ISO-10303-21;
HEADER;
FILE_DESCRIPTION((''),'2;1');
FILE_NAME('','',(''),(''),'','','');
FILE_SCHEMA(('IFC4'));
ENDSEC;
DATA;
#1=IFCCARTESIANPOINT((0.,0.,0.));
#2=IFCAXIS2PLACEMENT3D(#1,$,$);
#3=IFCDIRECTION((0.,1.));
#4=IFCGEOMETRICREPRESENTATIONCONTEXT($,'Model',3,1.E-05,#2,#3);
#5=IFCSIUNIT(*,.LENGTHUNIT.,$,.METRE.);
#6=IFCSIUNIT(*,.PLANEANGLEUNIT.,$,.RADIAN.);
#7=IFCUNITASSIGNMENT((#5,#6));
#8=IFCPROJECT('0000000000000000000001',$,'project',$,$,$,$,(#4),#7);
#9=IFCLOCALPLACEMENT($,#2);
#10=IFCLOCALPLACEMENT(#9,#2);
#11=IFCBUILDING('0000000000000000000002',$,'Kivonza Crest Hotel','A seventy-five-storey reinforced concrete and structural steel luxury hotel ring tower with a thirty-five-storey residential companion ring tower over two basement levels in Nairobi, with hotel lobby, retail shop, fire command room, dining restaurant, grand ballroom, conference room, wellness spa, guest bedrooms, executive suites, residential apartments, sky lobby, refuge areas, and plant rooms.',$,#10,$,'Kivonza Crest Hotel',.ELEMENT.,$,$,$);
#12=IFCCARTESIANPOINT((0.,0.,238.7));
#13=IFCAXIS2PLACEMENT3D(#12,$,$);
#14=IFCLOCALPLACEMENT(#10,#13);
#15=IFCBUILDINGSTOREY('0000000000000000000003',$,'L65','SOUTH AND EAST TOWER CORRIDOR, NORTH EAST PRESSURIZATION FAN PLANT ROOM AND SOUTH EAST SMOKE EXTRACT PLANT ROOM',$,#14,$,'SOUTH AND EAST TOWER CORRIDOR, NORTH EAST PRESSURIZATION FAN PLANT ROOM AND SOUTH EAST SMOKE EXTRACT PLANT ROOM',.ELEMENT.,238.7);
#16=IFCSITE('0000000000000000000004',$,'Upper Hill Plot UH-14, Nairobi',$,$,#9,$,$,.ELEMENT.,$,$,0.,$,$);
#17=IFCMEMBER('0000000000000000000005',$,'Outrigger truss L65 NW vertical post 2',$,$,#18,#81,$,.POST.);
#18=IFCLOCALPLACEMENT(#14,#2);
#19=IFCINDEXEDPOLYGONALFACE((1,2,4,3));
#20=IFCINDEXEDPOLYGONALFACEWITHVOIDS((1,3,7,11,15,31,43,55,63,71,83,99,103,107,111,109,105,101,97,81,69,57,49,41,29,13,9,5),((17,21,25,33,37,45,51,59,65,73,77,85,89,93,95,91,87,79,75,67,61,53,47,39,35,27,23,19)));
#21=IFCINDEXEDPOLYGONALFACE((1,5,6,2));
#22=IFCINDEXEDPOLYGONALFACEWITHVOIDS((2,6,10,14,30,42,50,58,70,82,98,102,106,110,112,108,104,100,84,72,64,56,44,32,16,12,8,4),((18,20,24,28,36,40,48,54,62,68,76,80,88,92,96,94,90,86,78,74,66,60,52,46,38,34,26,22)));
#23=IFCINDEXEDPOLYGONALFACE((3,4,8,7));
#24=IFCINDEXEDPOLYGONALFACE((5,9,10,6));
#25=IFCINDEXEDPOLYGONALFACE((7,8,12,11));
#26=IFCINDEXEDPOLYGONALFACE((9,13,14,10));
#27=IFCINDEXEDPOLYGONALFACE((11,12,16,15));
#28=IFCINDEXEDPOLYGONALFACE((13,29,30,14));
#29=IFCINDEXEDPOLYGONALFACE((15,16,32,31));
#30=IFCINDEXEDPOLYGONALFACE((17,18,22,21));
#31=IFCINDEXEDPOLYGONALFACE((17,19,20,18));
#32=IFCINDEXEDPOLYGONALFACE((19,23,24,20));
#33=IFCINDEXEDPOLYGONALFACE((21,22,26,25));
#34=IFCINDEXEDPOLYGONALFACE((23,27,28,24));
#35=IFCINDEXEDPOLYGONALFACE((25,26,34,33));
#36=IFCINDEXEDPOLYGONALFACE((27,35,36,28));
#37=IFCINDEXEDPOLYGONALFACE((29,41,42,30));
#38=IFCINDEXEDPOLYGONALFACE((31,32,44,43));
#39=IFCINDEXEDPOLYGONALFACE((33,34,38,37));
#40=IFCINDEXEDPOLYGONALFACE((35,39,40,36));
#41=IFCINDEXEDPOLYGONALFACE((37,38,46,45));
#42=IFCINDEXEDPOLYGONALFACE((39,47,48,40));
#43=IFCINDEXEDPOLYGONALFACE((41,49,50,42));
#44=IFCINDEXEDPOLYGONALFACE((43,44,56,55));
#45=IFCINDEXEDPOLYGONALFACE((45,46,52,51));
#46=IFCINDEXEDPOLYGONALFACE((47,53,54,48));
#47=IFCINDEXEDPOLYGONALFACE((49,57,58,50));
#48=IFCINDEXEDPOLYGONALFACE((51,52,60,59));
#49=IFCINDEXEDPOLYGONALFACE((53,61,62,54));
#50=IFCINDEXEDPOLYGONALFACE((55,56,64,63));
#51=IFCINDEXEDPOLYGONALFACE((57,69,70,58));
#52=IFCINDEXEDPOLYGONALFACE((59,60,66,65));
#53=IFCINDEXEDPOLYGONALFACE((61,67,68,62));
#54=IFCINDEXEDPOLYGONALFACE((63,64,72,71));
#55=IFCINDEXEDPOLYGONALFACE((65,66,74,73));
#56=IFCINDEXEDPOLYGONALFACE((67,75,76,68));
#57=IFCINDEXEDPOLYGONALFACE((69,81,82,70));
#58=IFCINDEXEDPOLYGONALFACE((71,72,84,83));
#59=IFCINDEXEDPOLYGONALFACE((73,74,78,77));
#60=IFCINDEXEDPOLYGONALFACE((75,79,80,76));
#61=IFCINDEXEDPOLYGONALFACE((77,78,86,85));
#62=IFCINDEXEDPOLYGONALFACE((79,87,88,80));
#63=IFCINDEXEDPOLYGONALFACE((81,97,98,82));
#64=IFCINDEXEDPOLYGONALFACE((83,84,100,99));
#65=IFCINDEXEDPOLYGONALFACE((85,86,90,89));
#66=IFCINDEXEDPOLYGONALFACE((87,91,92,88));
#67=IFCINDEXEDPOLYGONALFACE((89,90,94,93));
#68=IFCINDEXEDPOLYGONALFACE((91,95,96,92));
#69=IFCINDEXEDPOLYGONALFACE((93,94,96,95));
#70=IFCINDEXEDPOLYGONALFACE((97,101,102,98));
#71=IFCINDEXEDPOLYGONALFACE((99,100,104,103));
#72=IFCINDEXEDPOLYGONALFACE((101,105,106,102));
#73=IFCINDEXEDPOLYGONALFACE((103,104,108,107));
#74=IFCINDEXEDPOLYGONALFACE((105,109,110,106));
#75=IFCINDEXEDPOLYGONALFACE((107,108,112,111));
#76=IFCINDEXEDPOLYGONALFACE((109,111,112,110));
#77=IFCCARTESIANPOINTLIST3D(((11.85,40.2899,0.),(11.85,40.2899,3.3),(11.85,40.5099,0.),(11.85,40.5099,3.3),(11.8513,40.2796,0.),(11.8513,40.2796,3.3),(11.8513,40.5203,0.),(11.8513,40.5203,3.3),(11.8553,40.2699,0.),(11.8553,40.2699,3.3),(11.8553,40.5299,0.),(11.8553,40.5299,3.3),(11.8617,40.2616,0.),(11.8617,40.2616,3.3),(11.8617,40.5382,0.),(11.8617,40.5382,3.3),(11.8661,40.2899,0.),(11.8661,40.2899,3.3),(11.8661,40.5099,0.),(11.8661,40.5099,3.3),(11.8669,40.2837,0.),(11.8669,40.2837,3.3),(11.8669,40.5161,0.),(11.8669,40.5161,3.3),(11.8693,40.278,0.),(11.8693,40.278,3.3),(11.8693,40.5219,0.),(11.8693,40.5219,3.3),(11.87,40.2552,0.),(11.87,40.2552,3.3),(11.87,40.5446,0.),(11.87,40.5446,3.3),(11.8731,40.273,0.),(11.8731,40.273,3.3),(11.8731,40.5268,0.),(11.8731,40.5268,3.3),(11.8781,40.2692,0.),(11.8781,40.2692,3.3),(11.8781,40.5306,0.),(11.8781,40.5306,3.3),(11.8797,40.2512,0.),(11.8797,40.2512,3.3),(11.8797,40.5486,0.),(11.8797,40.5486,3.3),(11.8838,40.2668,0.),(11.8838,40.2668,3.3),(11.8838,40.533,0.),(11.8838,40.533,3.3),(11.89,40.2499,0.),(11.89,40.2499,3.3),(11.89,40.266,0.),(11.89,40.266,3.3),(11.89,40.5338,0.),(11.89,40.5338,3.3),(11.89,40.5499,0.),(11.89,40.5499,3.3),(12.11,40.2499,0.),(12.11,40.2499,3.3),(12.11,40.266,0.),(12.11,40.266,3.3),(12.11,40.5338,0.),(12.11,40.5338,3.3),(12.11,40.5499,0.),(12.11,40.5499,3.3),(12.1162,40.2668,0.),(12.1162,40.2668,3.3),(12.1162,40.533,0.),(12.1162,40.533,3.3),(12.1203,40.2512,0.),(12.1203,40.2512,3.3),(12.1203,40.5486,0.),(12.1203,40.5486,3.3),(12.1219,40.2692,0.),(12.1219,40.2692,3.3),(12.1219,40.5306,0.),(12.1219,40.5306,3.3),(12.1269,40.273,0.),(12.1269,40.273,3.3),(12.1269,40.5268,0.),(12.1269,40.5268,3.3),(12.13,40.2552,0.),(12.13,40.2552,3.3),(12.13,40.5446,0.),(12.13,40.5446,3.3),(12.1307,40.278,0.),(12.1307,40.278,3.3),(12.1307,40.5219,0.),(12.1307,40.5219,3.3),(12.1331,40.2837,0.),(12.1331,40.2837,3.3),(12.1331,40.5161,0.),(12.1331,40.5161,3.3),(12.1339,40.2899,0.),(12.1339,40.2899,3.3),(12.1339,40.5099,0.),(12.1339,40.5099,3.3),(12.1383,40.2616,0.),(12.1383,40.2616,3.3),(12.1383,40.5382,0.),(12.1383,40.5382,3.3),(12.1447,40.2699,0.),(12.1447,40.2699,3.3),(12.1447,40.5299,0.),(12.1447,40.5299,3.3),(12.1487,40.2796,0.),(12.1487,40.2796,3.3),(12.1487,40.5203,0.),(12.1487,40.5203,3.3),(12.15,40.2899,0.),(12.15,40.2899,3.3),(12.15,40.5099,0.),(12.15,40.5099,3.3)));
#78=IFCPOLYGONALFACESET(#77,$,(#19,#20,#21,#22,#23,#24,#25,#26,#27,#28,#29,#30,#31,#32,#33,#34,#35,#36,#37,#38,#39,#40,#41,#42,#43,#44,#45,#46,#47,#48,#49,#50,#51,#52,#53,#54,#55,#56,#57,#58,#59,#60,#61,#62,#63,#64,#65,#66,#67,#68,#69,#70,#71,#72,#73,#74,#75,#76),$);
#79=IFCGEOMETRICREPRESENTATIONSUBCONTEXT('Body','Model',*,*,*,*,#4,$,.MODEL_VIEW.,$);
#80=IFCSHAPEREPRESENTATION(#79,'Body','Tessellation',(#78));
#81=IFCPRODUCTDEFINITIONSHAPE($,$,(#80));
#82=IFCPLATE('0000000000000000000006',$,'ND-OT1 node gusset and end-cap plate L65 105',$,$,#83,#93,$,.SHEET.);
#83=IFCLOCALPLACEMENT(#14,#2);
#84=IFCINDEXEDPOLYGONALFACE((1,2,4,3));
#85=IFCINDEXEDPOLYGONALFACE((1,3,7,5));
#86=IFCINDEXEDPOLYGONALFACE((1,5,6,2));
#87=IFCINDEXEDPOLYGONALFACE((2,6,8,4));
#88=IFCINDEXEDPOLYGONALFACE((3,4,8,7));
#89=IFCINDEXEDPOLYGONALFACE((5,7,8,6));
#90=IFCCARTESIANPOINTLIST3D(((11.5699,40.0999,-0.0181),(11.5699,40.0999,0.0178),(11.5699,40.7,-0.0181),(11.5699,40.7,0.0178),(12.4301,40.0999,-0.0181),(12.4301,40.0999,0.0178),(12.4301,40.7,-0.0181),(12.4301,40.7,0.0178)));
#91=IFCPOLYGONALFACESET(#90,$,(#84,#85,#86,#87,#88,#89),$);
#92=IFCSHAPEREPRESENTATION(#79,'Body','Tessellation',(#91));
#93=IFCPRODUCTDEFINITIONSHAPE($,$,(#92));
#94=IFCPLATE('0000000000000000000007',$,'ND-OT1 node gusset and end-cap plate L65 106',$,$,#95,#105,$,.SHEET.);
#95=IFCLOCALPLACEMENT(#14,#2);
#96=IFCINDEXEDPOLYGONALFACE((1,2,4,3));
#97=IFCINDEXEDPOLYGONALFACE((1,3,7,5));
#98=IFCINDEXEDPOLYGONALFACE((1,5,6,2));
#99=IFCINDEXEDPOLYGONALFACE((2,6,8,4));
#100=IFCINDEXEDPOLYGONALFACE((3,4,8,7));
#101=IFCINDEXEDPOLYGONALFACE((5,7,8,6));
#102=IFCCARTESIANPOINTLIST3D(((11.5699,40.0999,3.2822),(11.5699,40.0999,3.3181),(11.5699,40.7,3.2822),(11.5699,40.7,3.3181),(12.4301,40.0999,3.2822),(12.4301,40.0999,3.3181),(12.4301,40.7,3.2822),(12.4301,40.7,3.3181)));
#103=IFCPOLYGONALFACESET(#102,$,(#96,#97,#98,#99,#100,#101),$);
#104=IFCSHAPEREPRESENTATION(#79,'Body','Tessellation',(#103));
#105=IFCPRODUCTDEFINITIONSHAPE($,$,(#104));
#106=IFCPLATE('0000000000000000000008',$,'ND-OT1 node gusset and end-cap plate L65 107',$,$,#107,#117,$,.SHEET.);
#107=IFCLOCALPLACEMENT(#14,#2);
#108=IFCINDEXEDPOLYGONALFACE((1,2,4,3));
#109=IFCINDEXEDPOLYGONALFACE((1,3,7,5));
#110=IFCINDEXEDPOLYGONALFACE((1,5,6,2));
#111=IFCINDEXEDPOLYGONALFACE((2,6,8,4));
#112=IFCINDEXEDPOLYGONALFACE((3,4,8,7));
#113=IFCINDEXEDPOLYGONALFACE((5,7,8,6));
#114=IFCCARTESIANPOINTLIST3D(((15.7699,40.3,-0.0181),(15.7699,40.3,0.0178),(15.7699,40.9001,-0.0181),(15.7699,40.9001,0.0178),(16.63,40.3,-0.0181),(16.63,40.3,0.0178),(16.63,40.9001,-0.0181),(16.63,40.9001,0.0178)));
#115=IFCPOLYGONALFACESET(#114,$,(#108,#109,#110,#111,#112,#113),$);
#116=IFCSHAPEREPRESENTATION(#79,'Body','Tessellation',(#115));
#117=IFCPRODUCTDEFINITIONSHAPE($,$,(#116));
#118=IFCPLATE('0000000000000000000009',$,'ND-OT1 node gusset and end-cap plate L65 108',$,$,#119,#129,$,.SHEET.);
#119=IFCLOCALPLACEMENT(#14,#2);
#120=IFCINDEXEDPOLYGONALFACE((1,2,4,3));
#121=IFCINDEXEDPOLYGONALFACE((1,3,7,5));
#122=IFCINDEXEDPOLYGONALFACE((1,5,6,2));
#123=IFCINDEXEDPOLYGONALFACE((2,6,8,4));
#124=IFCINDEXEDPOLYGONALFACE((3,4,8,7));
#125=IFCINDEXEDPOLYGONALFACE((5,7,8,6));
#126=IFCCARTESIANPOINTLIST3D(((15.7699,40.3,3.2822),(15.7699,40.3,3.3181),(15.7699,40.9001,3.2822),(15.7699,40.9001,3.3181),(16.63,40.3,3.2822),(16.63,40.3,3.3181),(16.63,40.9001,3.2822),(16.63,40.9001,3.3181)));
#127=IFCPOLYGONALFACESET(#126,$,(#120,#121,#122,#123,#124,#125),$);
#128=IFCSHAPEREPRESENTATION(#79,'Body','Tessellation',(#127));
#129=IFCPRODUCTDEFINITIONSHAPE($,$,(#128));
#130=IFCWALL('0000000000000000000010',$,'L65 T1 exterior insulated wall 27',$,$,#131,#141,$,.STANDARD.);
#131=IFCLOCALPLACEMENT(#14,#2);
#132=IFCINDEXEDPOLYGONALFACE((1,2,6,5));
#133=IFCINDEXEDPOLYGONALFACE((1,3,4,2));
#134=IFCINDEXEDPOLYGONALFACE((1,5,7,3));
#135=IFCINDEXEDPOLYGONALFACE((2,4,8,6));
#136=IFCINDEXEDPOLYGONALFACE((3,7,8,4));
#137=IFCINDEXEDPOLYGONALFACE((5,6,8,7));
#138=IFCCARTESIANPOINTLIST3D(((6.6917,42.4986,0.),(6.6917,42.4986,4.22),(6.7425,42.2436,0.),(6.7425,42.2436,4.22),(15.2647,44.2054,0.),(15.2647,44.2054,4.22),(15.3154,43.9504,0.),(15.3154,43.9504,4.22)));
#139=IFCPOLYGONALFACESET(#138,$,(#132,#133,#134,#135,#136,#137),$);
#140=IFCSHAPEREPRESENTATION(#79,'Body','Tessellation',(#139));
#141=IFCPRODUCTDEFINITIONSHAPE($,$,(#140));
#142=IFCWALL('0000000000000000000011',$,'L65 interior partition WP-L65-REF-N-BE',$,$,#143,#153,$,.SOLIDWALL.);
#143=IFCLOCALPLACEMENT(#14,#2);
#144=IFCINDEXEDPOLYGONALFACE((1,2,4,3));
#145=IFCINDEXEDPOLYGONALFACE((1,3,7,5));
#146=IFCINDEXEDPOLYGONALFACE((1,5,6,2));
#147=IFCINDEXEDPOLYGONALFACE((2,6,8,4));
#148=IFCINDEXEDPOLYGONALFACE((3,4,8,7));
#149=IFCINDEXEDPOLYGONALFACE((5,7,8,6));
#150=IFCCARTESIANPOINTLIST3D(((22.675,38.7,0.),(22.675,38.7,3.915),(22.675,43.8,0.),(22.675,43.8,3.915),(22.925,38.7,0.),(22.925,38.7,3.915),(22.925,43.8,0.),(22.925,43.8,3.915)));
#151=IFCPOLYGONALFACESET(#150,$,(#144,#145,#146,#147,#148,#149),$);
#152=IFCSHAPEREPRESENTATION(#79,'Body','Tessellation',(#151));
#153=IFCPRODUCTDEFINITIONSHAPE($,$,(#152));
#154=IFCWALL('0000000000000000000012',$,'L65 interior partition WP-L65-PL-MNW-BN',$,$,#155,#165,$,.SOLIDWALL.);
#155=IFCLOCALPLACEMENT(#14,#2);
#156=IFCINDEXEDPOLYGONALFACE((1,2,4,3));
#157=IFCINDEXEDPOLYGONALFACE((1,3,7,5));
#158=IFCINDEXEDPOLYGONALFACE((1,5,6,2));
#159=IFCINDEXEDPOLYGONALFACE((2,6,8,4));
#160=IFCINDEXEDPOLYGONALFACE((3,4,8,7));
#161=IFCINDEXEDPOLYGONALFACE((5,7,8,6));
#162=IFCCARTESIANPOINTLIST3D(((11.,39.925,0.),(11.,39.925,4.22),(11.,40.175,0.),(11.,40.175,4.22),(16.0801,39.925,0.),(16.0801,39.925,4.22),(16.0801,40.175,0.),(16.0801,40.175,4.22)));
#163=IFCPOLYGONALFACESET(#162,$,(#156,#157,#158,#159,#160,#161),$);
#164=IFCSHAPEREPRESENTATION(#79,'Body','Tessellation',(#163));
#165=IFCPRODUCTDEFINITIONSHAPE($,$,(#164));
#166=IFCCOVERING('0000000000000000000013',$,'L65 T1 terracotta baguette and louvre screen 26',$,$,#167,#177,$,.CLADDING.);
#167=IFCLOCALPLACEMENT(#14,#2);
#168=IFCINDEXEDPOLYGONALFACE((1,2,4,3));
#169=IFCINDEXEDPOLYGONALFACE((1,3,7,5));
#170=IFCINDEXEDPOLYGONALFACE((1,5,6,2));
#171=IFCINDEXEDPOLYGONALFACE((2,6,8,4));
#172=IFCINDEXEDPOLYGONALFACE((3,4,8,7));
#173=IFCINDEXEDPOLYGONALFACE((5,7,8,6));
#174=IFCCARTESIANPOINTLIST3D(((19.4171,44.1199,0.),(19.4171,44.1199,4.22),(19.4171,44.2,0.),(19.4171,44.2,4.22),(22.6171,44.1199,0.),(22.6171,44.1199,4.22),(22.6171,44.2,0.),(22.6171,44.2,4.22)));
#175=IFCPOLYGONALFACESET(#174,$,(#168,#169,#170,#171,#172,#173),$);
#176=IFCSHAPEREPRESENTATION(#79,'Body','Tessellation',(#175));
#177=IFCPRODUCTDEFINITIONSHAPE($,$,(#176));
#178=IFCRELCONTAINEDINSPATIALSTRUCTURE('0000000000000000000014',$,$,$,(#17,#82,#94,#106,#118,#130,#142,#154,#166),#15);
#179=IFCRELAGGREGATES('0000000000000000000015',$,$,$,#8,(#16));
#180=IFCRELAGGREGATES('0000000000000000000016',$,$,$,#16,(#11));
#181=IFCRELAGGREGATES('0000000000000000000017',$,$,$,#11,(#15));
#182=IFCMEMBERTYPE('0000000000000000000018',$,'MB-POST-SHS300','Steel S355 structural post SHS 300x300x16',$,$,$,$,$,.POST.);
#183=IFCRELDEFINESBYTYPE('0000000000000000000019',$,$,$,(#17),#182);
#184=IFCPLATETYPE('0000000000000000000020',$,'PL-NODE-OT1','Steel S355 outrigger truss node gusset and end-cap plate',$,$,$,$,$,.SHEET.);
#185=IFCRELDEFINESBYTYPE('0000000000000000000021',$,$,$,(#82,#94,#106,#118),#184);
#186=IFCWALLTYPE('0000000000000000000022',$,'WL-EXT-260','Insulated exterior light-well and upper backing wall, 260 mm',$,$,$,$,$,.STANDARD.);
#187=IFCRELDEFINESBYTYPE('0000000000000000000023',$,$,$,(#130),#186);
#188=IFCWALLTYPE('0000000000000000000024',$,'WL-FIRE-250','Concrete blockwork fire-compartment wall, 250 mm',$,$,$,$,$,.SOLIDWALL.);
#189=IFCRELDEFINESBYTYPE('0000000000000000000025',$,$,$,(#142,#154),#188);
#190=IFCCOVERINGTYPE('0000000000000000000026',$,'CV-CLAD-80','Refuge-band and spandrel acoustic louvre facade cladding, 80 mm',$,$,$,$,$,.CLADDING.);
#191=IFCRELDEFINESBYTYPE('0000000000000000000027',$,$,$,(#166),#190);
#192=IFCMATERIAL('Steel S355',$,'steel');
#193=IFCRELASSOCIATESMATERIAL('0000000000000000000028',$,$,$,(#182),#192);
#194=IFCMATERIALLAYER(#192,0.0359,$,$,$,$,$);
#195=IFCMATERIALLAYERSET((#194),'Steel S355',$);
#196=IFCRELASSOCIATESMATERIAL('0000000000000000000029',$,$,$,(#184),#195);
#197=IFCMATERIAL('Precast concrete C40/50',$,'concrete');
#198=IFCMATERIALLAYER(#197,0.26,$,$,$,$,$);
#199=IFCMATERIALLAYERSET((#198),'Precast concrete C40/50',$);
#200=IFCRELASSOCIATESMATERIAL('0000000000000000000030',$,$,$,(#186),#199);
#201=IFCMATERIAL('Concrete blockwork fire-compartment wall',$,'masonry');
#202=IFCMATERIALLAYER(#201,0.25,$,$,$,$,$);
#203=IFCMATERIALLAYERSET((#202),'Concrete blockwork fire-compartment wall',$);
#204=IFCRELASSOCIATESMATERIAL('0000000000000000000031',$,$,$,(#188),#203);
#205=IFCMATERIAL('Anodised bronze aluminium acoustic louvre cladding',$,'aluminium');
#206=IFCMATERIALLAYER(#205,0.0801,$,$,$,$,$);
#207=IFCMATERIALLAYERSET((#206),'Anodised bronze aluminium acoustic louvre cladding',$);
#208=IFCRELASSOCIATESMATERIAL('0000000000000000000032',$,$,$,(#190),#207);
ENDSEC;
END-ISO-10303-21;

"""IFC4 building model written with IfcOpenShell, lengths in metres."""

from ifc_helpers import new_model, si_unit, direction, frame, frame_2d, origin, origin_2d, place, context, subcontext, project, spatial, rectangle, hollow_rectangle, extrude, material, layer, layer_set, material_profile, profile_set, type_object, element, save


model = new_model("IFC4")

# Units and contexts
model_context = context("Model", 3, precision=1e-05, world=origin(), true_north=direction((0.0, 1.0)))
body_context = subcontext(model_context, "Body", "Model", "MODEL_VIEW")
ifc_project = project(units=[si_unit("LENGTHUNIT", "METRE"), si_unit("PLANEANGLEUNIT", "RADIAN")], contexts=[model_context])

# Site, building, storey
site_placement = place(None, origin())
site = spatial("IfcSite", under=ifc_project, at=site_placement, Name="Upper Hill Plot UH-14, Nairobi", CompositionType="ELEMENT", RefElevation=0.0)
building_placement = place(site_placement, origin())
building = spatial("IfcBuilding", under=site, at=building_placement, Name="Kivonza Crest Hotel", Description="A seventy-five-storey reinforced concrete and structural steel luxury hotel ring tower with a thirty-five-storey residential companion ring tower over two basement levels in Nairobi, with hotel lobby, retail shop, fire command room, dining restaurant, grand ballroom, conference room, wellness spa, guest bedrooms, executive suites, residential apartments, sky lobby, refuge areas, and plant rooms.", LongName="Kivonza Crest Hotel", CompositionType="ELEMENT")
storey_placement = place(building_placement, frame((0.0, 0.0, 238.7)))
storey = spatial("IfcBuildingStorey", under=building, at=storey_placement, Name="L65", Description="SOUTH AND EAST TOWER CORRIDOR, NORTH EAST PRESSURIZATION FAN PLANT ROOM AND SOUTH EAST SMOKE EXTRACT PLANT ROOM", LongName="SOUTH AND EAST TOWER CORRIDOR, NORTH EAST PRESSURIZATION FAN PLANT ROOM AND SOUTH EAST SMOKE EXTRACT PLANT ROOM", CompositionType="ELEMENT", Elevation=238.7)

# Shared definitions
ifc_material_1 = material(Name="Steel S355", Category="steel")

# Member
ifc_material_profile_1 = material_profile(ifc_material_1, hollow_rectangle(XDim=0.3, YDim=0.3, WallThickness=0.0161, InnerFilletRadius=0.0239, OuterFilletRadius=0.04, at=origin_2d()), Name="SHS 300x300x16")
ifc_profile_set_1 = profile_set([ifc_material_profile_1], Name="Steel S355")
member_type_1 = type_object("IfcMemberType", Name="MB-POST-SHS300", Description="Steel S355 structural post SHS 300x300x16", PredefinedType="POST", material=ifc_profile_set_1)
member_placement = place(storey_placement, frame((12.0, 40.3999, 0.0), z_axis=(0.0, 0.0, 1.0), x_axis=(1.0, 0.0, 0.0)))
element("IfcMember", 1, at=member_placement, inside=storey, type_object=member_type_1, Name="Outrigger truss L65 NW vertical post 2", PredefinedType="POST", context=body_context, shape_type="SweptSolid", body=[
    extrude(hollow_rectangle(XDim=0.3, YDim=0.3, WallThickness=0.0161, InnerFilletRadius=0.0239, OuterFilletRadius=0.04, at=origin_2d()), origin(), (0.0, 0.0, 1.0), 3.3),
])

# Plates
ifc_layer_1 = layer(ifc_material_1, 0.0359)
ifc_layer_set_1 = layer_set([ifc_layer_1], Name="Steel S355")
plate_type = type_object("IfcPlateType", Name="PL-NODE-OT1", Description="Steel S355 outrigger truss node gusset and end-cap plate", PredefinedType="SHEET", material=ifc_layer_set_1)
for number, where, z_axis, x_axis, name in (
    (2, (12.0, 40.3999, -0.0181), (0.0, 0.0, 1.0), (1.0, 0.0, 0.0), "ND-OT1 node gusset and end-cap plate L65 105"),
    (3, (12.0, 40.3999, 3.2822), (0.0, 0.0, 1.0), (1.0, 0.0, 0.0), "ND-OT1 node gusset and end-cap plate L65 106"),
    (4, (16.2, 40.6001, -0.0181), (0.0, 0.0, 1.0), (1.0, 0.0, 0.0), "ND-OT1 node gusset and end-cap plate L65 107"),
    (5, (16.2, 40.6001, 3.2822), (0.0, 0.0, 1.0), (1.0, 0.0, 0.0), "ND-OT1 node gusset and end-cap plate L65 108"),
):
    element("IfcPlate", number, at=place(storey_placement, frame(where, z_axis=z_axis, x_axis=x_axis)), inside=storey, type_object=plate_type, Name=name, PredefinedType="SHEET", context=body_context, shape_type="SweptSolid", body=[
        extrude(rectangle(XDim=0.8601, YDim=0.6001, at=origin_2d()), origin(), (0.0, 0.0, 1.0), 0.0359),
    ])

# Walls
ifc_material_2 = material(Name="Precast concrete C40/50", Category="concrete")
ifc_layer_2 = layer(ifc_material_2, 0.26)
ifc_layer_set_2 = layer_set([ifc_layer_2], Name="Precast concrete C40/50")
wall_type_1 = type_object("IfcWallType", Name="WL-EXT-260", Description="Insulated exterior light-well and upper backing wall, 260 mm", PredefinedType="STANDARD", material=ifc_layer_set_2)
wall_1_placement = place(storey_placement, frame((15.29, 44.0779, 0.0), z_axis=(0.0, 0.0, 1.0), x_axis=(-0.980752, -0.195257, 0.0)))
element("IfcWall", 6, at=wall_1_placement, inside=storey, type_object=wall_type_1, Name="L65 T1 exterior insulated wall 27", PredefinedType="STANDARD", context=body_context, shape_type="SweptSolid", body=[
    extrude(rectangle(XDim=8.7412, YDim=0.26, at=frame_2d((4.3706, 0.0))), origin(), (0.0, 0.0, 1.0), 4.22),
])
ifc_material_3 = material(Name="Concrete blockwork fire-compartment wall", Category="masonry")
ifc_layer_3 = layer(ifc_material_3, 0.25)
ifc_layer_set_3 = layer_set([ifc_layer_3], Name="Concrete blockwork fire-compartment wall")
wall_type_2 = type_object("IfcWallType", Name="WL-FIRE-250", Description="Concrete blockwork fire-compartment wall, 250 mm", PredefinedType="SOLIDWALL", material=ifc_layer_set_3)
wall_2_placement = place(storey_placement, frame((22.8, 38.7, 0.0), z_axis=(0.0, 0.0, 1.0), x_axis=(0.0, 1.0, 0.0)))
element("IfcWall", 7, at=wall_2_placement, inside=storey, type_object=wall_type_2, Name="L65 interior partition WP-L65-REF-N-BE", PredefinedType="SOLIDWALL", context=body_context, shape_type="SweptSolid", body=[
    extrude(rectangle(XDim=5.1001, YDim=0.25, at=frame_2d((2.55, 0.0))), origin(), (0.0, 0.0, 1.0), 3.915),
])
wall_3_placement = place(storey_placement, frame((11.0, 40.05, 0.0), z_axis=(0.0, 0.0, 1.0), x_axis=(1.0, 0.0, 0.0)))
element("IfcWall", 8, at=wall_3_placement, inside=storey, type_object=wall_type_2, Name="L65 interior partition WP-L65-PL-MNW-BN", PredefinedType="SOLIDWALL", context=body_context, shape_type="SweptSolid", body=[
    extrude(rectangle(XDim=5.0801, YDim=0.25, at=frame_2d((2.54, 0.0))), origin(), (0.0, 0.0, 1.0), 4.22),
])

# Covering
ifc_material_4 = material(Name="Anodised bronze aluminium acoustic louvre cladding", Category="aluminium")
ifc_layer_4 = layer(ifc_material_4, 0.0801)
ifc_layer_set_4 = layer_set([ifc_layer_4], Name="Anodised bronze aluminium acoustic louvre cladding")
covering_type = type_object("IfcCoveringType", Name="CV-CLAD-80", Description="Refuge-band and spandrel acoustic louvre facade cladding, 80 mm", PredefinedType="CLADDING", material=ifc_layer_set_4)
covering_placement = place(storey_placement, frame((21.0171, 44.1599, 0.0), z_axis=(0.0, 0.0, 1.0), x_axis=(-1.0, 0.0, 0.0)))
element("IfcCovering", 9, at=covering_placement, inside=storey, type_object=covering_type, Name="L65 T1 terracotta baguette and louvre screen 26", PredefinedType="CLADDING", context=body_context, shape_type="SweptSolid", body=[
    extrude(rectangle(XDim=3.2, YDim=0.0801, at=origin_2d()), origin(), (0.0, 0.0, 1.0), 4.22),
])

save(model, "model.ifc")
